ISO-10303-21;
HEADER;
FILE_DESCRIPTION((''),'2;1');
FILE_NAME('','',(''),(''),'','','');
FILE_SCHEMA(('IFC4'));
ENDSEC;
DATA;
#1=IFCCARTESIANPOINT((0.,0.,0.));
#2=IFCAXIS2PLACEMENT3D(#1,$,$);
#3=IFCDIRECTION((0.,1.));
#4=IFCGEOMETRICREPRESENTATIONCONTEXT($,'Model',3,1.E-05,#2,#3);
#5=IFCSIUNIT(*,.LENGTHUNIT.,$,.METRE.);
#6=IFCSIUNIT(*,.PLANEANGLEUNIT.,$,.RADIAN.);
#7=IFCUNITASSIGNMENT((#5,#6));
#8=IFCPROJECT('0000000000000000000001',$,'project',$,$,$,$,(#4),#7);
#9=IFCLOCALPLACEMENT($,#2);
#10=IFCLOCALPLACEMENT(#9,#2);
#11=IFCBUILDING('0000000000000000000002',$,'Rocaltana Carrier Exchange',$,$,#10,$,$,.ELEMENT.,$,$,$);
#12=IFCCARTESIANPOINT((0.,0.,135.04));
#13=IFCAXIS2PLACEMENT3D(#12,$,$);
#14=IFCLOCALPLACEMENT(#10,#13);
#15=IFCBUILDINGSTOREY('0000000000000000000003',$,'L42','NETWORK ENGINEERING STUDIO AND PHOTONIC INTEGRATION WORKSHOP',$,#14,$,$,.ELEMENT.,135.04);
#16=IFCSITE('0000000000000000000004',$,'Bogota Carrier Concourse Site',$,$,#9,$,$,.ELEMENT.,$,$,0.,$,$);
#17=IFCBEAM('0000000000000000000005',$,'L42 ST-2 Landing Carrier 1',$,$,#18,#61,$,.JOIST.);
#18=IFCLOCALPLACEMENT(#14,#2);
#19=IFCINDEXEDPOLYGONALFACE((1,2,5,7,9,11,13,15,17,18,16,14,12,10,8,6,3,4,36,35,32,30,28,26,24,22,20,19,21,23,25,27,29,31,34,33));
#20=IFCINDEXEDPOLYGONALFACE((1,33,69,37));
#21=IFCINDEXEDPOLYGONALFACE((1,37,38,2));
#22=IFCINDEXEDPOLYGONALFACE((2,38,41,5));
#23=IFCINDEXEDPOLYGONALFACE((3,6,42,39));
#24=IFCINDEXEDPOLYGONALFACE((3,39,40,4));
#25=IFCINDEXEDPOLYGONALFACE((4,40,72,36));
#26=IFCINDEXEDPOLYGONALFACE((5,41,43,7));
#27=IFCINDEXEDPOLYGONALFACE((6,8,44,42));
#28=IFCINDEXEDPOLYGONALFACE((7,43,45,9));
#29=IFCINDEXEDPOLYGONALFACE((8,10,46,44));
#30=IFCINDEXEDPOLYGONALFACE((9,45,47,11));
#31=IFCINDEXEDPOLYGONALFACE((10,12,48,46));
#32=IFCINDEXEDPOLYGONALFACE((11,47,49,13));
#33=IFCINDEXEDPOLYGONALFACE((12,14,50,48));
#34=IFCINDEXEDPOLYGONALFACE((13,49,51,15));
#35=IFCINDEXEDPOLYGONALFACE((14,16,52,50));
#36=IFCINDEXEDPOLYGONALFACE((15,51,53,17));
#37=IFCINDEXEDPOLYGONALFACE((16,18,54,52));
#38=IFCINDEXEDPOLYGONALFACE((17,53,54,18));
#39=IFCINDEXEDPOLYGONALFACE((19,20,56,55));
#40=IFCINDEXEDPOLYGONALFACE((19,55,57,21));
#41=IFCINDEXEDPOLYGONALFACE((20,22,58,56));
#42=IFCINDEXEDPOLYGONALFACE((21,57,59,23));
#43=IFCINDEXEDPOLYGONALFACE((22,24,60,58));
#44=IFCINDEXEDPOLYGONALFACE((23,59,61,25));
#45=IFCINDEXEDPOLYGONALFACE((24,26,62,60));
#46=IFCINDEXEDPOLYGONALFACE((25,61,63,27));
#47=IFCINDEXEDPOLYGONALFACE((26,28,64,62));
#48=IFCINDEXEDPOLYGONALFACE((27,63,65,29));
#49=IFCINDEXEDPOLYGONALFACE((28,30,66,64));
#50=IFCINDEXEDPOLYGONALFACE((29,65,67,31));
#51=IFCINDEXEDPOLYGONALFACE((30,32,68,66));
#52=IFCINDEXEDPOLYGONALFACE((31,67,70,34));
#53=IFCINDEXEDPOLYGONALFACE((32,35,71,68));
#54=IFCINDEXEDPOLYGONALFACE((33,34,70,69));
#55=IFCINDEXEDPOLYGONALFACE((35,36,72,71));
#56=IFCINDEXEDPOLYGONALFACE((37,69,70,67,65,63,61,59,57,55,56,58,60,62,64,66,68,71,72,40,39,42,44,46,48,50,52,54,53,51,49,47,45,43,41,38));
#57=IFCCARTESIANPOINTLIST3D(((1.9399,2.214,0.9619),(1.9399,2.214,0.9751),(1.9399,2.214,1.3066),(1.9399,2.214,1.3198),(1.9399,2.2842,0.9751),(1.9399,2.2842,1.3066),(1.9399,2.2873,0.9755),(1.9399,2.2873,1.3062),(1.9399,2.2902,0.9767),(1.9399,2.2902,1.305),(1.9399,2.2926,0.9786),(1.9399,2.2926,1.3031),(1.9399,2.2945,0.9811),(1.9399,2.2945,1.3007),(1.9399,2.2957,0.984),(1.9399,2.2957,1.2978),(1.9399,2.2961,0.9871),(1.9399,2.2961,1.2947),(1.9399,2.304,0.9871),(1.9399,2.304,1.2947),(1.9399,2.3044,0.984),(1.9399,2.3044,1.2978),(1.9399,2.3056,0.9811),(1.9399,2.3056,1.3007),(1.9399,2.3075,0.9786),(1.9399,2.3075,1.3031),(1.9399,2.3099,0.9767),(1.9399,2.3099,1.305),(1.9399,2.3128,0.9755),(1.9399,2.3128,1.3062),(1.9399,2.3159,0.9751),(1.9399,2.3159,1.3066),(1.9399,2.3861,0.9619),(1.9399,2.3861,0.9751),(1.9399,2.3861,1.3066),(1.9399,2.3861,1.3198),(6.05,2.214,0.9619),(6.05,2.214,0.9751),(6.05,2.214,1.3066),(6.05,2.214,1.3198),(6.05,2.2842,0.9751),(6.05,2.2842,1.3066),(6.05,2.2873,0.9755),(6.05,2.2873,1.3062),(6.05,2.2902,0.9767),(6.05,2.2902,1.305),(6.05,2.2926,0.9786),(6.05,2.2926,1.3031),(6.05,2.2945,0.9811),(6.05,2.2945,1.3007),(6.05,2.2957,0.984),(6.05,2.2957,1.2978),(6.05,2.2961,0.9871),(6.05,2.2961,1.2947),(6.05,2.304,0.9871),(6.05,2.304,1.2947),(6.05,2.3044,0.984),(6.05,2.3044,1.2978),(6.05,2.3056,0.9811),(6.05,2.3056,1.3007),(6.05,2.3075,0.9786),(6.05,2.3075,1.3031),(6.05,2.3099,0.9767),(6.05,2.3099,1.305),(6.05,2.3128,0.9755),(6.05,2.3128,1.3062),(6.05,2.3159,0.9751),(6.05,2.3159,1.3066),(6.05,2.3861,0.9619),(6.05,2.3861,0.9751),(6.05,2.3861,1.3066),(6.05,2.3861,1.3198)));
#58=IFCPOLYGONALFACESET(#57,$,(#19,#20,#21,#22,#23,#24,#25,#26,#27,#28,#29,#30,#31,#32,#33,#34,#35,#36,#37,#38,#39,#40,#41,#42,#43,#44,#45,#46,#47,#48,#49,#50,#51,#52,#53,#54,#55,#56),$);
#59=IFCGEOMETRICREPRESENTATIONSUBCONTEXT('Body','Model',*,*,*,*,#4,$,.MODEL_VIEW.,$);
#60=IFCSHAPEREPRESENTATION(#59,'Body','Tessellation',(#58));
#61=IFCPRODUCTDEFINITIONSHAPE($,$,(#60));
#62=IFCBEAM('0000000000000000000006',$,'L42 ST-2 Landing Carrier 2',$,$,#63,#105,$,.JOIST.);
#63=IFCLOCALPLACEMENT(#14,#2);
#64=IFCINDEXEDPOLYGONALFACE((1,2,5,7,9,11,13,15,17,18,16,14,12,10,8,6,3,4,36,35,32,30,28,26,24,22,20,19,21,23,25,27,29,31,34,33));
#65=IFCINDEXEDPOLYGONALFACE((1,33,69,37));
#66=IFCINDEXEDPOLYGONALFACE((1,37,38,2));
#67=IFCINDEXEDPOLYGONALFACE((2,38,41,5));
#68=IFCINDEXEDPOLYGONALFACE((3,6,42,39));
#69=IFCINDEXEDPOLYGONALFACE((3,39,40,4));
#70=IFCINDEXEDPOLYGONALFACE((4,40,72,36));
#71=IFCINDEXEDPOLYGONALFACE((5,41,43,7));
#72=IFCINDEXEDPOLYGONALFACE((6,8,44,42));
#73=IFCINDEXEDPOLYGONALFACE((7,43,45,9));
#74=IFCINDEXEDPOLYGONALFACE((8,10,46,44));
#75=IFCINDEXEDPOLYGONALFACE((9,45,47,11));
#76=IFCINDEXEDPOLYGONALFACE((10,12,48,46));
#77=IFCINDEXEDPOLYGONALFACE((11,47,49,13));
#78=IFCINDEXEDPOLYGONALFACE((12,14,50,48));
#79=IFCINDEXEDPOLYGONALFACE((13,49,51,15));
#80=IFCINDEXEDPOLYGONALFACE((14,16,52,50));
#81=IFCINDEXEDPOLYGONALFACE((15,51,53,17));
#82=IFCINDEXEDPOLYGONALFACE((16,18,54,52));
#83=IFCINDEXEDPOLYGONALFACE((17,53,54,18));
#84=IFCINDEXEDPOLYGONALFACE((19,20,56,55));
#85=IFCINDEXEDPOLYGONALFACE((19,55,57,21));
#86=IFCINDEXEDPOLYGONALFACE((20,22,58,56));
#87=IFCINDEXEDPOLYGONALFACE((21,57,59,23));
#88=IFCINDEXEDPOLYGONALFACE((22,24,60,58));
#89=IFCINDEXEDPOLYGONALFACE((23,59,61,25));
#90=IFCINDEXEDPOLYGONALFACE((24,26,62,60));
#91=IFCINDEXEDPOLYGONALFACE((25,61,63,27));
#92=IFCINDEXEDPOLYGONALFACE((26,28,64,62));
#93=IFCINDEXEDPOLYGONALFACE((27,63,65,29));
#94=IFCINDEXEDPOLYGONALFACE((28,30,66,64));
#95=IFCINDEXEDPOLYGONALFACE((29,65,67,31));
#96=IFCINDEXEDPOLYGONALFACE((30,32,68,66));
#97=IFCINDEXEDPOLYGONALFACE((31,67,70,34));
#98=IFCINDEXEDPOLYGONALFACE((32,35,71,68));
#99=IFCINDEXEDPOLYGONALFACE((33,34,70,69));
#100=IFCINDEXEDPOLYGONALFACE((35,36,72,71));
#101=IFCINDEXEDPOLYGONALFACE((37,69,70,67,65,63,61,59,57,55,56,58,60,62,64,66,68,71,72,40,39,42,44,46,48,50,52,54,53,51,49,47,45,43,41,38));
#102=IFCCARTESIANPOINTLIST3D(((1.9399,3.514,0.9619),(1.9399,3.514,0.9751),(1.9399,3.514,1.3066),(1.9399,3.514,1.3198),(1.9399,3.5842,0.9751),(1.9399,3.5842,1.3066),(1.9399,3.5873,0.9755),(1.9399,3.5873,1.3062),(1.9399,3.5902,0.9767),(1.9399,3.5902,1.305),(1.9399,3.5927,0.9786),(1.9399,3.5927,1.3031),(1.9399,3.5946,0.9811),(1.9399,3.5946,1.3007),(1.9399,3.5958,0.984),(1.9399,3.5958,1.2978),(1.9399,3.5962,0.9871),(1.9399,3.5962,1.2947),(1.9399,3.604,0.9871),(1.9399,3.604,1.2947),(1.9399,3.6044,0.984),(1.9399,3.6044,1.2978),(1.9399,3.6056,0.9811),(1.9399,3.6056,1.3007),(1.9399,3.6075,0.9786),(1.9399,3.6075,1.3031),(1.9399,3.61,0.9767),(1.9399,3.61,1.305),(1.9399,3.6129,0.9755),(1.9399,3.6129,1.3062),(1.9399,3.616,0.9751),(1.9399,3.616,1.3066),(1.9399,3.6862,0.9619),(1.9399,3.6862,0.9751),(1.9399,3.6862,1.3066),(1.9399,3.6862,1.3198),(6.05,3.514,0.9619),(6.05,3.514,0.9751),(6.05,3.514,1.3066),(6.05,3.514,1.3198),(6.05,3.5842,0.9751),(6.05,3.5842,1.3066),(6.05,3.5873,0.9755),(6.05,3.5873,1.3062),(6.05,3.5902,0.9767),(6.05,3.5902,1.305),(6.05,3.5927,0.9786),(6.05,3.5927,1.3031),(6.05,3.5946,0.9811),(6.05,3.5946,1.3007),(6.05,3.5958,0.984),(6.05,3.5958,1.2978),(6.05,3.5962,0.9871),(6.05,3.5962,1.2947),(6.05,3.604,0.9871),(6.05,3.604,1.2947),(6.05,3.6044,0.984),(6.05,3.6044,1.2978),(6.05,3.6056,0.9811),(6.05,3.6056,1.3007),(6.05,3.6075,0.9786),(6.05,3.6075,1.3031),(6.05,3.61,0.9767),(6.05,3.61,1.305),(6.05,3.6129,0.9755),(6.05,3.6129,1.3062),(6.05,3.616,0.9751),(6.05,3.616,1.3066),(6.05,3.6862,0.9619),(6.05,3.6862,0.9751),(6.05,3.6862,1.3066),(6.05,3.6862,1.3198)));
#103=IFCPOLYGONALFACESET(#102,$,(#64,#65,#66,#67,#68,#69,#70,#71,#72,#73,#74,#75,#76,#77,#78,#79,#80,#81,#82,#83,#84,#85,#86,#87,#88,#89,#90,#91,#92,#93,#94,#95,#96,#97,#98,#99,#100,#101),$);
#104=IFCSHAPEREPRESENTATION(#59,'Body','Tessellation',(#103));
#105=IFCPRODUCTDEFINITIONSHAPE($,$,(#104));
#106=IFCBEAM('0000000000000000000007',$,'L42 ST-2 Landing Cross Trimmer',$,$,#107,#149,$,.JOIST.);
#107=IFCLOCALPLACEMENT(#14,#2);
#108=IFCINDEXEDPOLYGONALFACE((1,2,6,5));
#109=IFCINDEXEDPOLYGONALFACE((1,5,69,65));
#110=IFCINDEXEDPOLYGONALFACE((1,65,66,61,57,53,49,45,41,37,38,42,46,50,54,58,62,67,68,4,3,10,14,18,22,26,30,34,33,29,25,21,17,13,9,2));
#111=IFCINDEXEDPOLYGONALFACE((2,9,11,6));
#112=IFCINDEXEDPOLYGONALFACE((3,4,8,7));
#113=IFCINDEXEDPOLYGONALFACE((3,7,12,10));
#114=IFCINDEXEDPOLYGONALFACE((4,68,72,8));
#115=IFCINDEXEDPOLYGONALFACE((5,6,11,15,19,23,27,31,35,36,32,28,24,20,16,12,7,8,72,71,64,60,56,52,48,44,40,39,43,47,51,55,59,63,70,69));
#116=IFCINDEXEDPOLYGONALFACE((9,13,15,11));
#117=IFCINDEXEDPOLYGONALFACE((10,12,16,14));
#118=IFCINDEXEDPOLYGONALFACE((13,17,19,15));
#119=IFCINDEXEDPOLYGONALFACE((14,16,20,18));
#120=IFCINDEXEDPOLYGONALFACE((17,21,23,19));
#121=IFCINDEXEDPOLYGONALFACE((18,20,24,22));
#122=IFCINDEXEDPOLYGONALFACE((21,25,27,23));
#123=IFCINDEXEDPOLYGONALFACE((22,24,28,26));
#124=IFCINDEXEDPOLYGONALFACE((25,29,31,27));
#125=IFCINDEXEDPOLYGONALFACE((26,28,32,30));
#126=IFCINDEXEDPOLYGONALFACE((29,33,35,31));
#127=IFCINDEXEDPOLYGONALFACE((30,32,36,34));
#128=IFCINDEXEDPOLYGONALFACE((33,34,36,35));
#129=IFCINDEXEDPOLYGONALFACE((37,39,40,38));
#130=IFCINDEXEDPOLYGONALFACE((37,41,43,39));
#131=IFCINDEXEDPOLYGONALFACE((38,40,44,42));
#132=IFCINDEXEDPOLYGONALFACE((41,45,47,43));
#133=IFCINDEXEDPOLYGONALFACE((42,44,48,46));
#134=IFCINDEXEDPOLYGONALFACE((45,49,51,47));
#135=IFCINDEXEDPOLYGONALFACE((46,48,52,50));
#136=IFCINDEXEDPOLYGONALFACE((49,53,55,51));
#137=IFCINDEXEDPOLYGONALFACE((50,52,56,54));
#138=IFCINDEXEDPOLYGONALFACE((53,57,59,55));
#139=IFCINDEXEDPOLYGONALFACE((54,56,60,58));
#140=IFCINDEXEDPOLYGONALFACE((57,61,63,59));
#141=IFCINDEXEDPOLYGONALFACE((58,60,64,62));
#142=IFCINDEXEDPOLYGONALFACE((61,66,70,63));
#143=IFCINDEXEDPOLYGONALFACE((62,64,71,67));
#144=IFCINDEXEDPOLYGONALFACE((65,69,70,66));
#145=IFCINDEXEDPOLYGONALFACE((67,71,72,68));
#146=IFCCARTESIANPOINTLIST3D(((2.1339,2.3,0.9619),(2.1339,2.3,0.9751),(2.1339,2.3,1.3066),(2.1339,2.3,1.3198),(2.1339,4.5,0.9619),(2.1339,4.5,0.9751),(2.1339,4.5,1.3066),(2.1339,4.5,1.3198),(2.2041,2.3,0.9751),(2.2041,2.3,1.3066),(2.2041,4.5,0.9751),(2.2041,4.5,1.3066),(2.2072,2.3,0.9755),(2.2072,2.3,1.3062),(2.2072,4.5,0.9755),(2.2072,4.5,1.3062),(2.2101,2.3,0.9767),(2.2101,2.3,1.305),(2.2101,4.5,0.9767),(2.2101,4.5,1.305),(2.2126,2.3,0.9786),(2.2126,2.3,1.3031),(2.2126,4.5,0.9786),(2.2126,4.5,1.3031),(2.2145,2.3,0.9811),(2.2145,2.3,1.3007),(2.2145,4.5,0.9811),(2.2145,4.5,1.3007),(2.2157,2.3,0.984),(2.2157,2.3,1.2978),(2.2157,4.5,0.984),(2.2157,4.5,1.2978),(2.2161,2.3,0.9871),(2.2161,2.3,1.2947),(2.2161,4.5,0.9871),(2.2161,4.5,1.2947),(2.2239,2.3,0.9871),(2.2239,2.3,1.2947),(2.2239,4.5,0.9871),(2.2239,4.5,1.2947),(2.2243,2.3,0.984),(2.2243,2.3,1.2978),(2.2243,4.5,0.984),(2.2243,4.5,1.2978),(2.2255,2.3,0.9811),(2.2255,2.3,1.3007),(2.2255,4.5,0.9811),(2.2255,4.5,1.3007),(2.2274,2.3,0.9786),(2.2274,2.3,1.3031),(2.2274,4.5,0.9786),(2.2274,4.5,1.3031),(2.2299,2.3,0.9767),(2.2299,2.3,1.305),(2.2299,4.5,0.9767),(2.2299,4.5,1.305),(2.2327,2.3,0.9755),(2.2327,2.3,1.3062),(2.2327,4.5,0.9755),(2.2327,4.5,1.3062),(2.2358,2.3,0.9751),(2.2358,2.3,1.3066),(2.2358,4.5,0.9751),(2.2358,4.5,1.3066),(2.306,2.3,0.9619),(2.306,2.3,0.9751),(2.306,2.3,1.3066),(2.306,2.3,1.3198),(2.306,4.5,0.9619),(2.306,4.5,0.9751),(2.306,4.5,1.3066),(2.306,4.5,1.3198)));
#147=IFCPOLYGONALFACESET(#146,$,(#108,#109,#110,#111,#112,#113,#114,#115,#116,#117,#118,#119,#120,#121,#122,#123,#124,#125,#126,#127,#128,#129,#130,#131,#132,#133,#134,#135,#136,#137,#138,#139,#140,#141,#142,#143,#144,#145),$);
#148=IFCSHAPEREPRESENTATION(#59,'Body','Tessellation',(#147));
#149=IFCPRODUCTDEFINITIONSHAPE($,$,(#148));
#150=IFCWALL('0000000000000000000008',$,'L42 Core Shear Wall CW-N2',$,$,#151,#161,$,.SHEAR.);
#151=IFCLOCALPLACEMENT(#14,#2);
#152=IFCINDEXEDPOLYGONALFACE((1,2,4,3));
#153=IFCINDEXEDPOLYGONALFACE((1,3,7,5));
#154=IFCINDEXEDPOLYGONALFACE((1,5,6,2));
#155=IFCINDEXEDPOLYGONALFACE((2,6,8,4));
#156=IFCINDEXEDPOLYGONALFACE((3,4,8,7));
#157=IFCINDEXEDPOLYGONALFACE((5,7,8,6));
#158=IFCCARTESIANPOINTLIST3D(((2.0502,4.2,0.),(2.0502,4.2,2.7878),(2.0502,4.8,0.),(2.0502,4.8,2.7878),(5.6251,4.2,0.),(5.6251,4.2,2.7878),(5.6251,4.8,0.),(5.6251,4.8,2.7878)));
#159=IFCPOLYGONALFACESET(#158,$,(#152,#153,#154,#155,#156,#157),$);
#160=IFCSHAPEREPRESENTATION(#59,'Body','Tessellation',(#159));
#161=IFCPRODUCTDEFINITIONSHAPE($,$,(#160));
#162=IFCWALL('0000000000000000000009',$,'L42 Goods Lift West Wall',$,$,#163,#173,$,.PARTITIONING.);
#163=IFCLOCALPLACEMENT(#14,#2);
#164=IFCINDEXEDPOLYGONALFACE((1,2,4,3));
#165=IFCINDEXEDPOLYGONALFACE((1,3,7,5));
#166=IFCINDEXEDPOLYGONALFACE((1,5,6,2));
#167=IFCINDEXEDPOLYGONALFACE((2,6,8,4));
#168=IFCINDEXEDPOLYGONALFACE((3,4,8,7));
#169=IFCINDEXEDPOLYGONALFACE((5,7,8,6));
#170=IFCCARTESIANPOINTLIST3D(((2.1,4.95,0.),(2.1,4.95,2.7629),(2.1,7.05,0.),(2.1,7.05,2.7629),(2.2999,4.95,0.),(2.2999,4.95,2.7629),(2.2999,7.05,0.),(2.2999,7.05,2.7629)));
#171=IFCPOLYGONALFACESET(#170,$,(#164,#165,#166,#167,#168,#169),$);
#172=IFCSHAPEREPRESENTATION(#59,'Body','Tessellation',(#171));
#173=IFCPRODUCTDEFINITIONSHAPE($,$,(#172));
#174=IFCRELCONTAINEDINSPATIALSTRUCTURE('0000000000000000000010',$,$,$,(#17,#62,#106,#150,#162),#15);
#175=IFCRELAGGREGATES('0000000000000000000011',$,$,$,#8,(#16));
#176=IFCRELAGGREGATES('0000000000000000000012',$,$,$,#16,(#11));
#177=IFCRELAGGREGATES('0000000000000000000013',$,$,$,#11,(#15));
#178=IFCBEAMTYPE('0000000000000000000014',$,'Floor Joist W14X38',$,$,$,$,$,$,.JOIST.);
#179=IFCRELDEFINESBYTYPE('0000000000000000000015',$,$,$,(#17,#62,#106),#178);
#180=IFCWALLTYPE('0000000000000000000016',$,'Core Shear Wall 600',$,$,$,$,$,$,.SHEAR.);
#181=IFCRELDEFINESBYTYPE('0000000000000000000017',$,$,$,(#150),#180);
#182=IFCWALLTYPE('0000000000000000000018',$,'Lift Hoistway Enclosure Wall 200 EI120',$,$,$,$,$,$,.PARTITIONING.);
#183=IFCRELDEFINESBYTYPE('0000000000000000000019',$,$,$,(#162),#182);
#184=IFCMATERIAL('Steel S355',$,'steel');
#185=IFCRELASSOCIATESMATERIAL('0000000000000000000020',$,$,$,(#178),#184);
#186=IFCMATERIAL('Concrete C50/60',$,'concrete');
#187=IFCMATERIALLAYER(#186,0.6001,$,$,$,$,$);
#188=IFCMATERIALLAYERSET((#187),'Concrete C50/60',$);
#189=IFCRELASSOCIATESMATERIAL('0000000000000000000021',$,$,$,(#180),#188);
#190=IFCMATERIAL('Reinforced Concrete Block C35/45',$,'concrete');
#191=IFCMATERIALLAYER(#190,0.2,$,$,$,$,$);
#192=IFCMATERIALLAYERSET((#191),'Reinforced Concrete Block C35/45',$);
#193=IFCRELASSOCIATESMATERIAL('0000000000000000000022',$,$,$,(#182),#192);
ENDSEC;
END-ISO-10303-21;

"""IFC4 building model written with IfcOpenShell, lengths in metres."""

from ifc_helpers import new_model, si_unit, direction, frame, frame_2d, origin, origin_2d, place, context, subcontext, project, spatial, rectangle, i_section, extrude, material, layer, layer_set, material_profile, profile_set, type_object, element, save


model = new_model("IFC4")

# Units and contexts
model_context = context("Model", 3, precision=1e-05, world=origin(), true_north=direction((0.0, 1.0)))
body_context = subcontext(model_context, "Body", "Model", "MODEL_VIEW")
ifc_project = project(units=[si_unit("LENGTHUNIT", "METRE"), si_unit("PLANEANGLEUNIT", "RADIAN")], contexts=[model_context])

# Site, building, storey
site_placement = place(None, origin())
site = spatial("IfcSite", under=ifc_project, at=site_placement, Name="Bogota Carrier Concourse Site", CompositionType="ELEMENT", RefElevation=0.0)
building_placement = place(site_placement, origin())
building = spatial("IfcBuilding", under=site, at=building_placement, Name="Rocaltana Carrier Exchange", CompositionType="ELEMENT")
storey_placement = place(building_placement, frame((0.0, 0.0, 135.04)))
storey = spatial("IfcBuildingStorey", under=building, at=storey_placement, Name="L42", Description="NETWORK ENGINEERING STUDIO AND PHOTONIC INTEGRATION WORKSHOP", CompositionType="ELEMENT", Elevation=135.04)

# Beams
ifc_material_1 = material(Name="Steel S355", Category="steel")
ifc_material_profile = material_profile(ifc_material_1, i_section(OverallWidth=0.1721, OverallDepth=0.3579, WebThickness=0.0078, FlangeThickness=0.0132, FilletRadius=0.012, at=origin_2d()), Name="W14X38")
ifc_profile_set = profile_set([ifc_material_profile], Name="Steel S355")
beam_type = type_object("IfcBeamType", Name="Floor Joist W14X38", PredefinedType="JOIST", material=ifc_profile_set)
for number, where, z_axis, x_axis, name in (
    (1, (1.9399, 2.3, 1.1409), (1.0, 0.0, 0.0), (0.0, 1.0, 0.0), "L42 ST-2 Landing Carrier 1"),
    (2, (1.9399, 3.6001, 1.1409), (1.0, 0.0, 0.0), (0.0, 1.0, 0.0), "L42 ST-2 Landing Carrier 2"),
):
    element("IfcBeam", number, at=place(storey_placement, frame(where, z_axis=z_axis, x_axis=x_axis)), inside=storey, type_object=beam_type, Name=name, PredefinedType="JOIST", context=body_context, shape_type="SweptSolid", body=[
        extrude(i_section(OverallWidth=0.1721, OverallDepth=0.3579, WebThickness=0.0078, FlangeThickness=0.0132, FilletRadius=0.012, at=origin_2d()), origin(), (0.0, 0.0, 1.0), 4.1101),
    ])
beam_placement = place(storey_placement, frame((2.22, 2.3, 1.1409), z_axis=(0.0, 1.0, 0.0), x_axis=(-1.0, 0.0, 0.0)))
element("IfcBeam", 3, at=beam_placement, inside=storey, type_object=beam_type, Name="L42 ST-2 Landing Cross Trimmer", PredefinedType="JOIST", context=body_context, shape_type="SweptSolid", body=[
    extrude(i_section(OverallWidth=0.1721, OverallDepth=0.3579, WebThickness=0.0078, FlangeThickness=0.0132, FilletRadius=0.012, at=origin_2d()), origin(), (0.0, 0.0, 1.0), 2.2),
])

# Walls
ifc_material_2 = material(Name="Concrete C50/60", Category="concrete")
ifc_layer_1 = layer(ifc_material_2, 0.6001)
ifc_layer_set_1 = layer_set([ifc_layer_1], Name="Concrete C50/60")
wall_type_1 = type_object("IfcWallType", Name="Core Shear Wall 600", PredefinedType="SHEAR", material=ifc_layer_set_1)
wall_1_placement = place(storey_placement, frame((2.05, 4.5, 0.0), z_axis=(0.0, 0.0, 1.0), x_axis=(1.0, 0.0, 0.0)))
element("IfcWall", 4, at=wall_1_placement, inside=storey, type_object=wall_type_1, Name="L42 Core Shear Wall CW-N2", PredefinedType="SHEAR", context=body_context, shape_type="SweptSolid", body=[
    extrude(rectangle(XDim=3.575, YDim=0.6001, at=frame_2d((1.7876, 0.0))), origin(), (0.0, 0.0, 1.0), 2.7878),
])
ifc_material_3 = material(Name="Reinforced Concrete Block C35/45", Category="concrete")
ifc_layer_2 = layer(ifc_material_3, 0.2)
ifc_layer_set_2 = layer_set([ifc_layer_2], Name="Reinforced Concrete Block C35/45")
wall_type_2 = type_object("IfcWallType", Name="Lift Hoistway Enclosure Wall 200 EI120", PredefinedType="PARTITIONING", material=ifc_layer_set_2)
wall_2_placement = place(storey_placement, frame((2.2, 4.95, 0.0), z_axis=(0.0, 0.0, 1.0), x_axis=(0.0, 1.0, 0.0)))
element("IfcWall", 5, at=wall_2_placement, inside=storey, type_object=wall_type_2, Name="L42 Goods Lift West Wall", PredefinedType="PARTITIONING", context=body_context, shape_type="SweptSolid", body=[
    extrude(rectangle(XDim=2.1001, YDim=0.2, at=frame_2d((1.05, 0.0))), origin(), (0.0, 0.0, 1.0), 2.7629),
])

save(model, "model.ifc")
